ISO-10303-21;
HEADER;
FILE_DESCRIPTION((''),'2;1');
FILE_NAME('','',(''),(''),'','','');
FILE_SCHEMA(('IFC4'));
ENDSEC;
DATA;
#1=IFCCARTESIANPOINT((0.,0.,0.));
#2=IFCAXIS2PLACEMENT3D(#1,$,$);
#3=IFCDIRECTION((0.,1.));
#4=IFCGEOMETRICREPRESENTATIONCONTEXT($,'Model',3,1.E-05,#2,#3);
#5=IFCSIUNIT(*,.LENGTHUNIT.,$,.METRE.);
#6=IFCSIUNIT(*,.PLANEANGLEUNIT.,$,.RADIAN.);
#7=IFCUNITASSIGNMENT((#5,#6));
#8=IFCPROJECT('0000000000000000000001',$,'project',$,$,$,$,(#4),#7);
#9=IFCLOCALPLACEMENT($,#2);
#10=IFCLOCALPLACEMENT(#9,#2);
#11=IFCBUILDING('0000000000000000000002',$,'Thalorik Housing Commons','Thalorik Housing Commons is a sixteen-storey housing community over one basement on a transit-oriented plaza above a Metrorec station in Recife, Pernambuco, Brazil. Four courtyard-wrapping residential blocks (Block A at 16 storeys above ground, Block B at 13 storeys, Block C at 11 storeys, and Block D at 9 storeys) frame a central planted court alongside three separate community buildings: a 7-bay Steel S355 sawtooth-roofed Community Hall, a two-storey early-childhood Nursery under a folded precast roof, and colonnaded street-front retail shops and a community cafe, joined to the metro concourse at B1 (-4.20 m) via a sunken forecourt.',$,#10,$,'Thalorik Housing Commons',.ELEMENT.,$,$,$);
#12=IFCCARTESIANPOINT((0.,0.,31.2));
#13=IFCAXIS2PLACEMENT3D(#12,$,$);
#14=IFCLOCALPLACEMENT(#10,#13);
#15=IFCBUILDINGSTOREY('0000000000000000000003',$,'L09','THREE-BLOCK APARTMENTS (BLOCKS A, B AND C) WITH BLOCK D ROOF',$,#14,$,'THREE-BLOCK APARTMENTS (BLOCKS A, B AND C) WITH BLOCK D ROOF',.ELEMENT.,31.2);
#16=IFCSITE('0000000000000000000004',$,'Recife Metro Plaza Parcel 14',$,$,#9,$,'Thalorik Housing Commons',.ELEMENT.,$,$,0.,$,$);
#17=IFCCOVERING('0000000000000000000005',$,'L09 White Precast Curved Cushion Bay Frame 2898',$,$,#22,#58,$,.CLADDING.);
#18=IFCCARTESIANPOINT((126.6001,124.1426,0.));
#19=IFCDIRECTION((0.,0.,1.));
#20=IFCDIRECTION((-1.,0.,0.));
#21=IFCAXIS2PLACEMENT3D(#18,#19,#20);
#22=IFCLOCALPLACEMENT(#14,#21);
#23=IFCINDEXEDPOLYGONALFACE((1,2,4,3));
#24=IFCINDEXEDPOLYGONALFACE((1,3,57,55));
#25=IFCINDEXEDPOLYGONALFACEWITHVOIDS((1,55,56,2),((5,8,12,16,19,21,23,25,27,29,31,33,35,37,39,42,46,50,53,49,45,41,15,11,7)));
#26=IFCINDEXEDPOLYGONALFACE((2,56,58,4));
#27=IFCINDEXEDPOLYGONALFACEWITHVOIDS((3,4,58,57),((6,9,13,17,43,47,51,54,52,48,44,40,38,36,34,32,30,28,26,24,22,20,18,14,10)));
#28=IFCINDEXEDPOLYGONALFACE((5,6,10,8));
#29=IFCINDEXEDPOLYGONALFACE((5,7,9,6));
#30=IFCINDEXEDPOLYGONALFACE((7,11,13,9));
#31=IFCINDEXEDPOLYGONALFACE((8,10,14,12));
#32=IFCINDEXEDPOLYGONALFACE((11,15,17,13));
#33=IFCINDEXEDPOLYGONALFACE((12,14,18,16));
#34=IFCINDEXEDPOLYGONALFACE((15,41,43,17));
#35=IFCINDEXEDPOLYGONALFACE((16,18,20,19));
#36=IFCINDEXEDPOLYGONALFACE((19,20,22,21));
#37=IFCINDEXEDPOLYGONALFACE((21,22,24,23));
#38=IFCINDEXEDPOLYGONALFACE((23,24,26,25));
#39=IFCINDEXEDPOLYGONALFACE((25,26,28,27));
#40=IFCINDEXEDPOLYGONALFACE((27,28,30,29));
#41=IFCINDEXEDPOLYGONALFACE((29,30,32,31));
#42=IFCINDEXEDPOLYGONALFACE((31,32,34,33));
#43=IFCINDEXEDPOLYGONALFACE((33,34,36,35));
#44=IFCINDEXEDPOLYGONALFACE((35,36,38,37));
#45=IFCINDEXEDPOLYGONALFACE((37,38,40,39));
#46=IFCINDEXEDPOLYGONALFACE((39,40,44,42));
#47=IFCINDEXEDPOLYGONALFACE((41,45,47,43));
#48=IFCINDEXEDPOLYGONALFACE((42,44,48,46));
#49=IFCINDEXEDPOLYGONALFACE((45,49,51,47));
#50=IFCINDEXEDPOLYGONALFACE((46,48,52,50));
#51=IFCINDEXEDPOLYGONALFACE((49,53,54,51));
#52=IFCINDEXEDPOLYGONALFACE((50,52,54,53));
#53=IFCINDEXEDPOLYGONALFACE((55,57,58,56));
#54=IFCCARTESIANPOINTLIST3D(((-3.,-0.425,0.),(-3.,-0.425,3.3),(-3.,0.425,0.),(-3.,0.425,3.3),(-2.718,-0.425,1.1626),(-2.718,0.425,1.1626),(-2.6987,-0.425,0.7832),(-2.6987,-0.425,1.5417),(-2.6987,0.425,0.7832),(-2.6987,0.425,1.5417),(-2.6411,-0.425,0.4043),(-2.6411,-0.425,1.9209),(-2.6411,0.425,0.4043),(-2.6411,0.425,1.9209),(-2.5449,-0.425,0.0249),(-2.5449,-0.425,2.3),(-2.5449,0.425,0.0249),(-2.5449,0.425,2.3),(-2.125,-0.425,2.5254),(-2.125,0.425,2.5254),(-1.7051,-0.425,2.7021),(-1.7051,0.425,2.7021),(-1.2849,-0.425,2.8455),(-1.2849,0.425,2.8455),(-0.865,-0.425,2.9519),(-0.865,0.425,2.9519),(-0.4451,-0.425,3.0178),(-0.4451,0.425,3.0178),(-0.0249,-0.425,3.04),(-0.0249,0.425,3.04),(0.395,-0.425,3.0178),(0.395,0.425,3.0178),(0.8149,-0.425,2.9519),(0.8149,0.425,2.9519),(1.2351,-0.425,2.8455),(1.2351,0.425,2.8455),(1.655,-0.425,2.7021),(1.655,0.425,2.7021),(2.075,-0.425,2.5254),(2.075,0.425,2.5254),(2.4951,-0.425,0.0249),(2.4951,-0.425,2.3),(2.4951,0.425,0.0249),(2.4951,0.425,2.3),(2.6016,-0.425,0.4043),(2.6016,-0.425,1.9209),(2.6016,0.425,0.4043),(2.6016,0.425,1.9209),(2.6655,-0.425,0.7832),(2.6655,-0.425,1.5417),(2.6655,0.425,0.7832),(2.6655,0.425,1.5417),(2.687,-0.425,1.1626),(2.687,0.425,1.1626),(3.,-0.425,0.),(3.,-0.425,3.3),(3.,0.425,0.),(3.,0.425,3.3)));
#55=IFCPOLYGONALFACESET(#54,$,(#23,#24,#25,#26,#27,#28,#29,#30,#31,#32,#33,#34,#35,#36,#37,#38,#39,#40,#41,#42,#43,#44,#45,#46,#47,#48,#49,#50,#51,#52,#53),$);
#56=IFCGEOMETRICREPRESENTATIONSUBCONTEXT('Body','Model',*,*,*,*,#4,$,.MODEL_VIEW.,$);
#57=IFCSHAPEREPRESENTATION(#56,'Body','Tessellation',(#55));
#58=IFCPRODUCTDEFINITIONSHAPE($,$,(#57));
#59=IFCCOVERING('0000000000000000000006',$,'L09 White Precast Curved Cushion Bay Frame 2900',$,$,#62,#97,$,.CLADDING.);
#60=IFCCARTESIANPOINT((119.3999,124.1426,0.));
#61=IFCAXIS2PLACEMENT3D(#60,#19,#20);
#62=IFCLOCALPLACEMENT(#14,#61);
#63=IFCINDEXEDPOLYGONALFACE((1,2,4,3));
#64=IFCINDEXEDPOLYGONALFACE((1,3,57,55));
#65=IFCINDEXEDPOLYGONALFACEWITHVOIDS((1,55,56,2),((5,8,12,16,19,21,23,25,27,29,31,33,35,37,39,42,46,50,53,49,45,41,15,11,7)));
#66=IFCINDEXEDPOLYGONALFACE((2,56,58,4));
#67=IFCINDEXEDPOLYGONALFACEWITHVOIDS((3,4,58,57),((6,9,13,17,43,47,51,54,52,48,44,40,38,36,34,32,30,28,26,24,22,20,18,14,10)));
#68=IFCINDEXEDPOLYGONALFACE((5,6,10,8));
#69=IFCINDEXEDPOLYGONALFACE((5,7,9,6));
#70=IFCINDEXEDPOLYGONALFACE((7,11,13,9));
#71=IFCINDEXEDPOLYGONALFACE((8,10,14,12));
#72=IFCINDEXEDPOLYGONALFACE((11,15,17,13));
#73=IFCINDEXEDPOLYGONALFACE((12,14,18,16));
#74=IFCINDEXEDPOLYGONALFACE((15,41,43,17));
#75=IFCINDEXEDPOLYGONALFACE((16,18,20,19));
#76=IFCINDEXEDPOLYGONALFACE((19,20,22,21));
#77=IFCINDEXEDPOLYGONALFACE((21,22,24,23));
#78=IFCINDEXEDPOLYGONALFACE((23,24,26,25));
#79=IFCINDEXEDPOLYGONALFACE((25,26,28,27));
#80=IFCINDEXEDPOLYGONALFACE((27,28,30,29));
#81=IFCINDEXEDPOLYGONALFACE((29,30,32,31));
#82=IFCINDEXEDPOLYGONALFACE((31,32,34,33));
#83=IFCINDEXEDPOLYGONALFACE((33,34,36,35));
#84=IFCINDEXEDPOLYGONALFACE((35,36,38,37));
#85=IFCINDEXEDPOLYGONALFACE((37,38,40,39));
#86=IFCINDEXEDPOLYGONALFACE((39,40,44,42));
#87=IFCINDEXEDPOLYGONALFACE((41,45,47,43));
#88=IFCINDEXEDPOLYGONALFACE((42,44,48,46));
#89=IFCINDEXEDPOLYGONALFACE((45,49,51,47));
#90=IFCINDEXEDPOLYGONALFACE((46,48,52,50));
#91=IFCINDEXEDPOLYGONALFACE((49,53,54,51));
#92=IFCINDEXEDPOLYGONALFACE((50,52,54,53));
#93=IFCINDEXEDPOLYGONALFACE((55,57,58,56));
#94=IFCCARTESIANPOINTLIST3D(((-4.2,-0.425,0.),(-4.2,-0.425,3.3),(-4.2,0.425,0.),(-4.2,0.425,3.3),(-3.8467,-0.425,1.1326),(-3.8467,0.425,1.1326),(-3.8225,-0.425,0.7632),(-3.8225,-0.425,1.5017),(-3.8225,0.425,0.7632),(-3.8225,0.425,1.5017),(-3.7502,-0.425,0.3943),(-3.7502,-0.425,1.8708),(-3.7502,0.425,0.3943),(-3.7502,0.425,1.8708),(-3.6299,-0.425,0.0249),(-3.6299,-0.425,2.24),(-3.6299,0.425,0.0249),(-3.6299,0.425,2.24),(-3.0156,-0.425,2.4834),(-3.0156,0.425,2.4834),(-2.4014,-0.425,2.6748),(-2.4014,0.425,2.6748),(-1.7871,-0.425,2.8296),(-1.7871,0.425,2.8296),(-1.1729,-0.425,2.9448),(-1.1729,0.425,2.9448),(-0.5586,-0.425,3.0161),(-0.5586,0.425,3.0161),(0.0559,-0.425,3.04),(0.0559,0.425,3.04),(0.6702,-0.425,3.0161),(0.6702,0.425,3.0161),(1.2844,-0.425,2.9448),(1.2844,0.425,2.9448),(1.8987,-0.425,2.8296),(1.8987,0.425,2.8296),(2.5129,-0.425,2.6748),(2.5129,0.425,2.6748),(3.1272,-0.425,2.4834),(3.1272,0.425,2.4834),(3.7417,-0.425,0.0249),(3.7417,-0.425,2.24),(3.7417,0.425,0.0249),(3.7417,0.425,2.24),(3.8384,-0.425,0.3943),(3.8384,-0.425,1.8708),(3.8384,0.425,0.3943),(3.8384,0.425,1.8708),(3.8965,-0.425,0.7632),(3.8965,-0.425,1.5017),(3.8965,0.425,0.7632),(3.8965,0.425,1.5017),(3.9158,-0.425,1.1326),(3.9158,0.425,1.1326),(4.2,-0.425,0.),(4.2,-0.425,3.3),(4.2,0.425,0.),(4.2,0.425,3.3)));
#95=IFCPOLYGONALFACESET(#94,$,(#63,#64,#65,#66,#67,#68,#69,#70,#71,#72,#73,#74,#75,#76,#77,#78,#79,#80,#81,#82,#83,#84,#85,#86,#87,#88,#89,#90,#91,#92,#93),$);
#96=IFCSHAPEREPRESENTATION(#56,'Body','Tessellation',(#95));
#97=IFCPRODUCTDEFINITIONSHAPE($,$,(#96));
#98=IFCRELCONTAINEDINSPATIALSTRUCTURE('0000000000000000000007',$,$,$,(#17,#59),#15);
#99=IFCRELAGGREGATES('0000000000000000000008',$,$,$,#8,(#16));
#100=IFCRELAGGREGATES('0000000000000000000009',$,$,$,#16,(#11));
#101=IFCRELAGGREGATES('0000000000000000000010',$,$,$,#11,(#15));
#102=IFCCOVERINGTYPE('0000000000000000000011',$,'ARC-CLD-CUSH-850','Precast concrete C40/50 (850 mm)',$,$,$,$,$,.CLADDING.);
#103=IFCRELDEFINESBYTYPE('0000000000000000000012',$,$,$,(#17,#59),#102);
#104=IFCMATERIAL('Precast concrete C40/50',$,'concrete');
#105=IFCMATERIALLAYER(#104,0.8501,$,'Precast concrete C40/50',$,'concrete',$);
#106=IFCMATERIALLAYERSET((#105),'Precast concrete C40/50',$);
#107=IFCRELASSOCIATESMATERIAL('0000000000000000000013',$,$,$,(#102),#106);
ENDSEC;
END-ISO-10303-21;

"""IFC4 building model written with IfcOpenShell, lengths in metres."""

from ifc_helpers import new_model, si_unit, direction, frame, origin, place, context, subcontext, project, spatial, polyline, outline, extrude, material, layer, layer_set, type_object, element, save


model = new_model("IFC4")

# Units and contexts
model_context = context("Model", 3, precision=1e-05, world=origin(), true_north=direction((0.0, 1.0)))
body_context = subcontext(model_context, "Body", "Model", "MODEL_VIEW")
ifc_project = project(units=[si_unit("LENGTHUNIT", "METRE"), si_unit("PLANEANGLEUNIT", "RADIAN")], contexts=[model_context])

# Site, building, storey
site_placement = place(None, origin())
site = spatial("IfcSite", under=ifc_project, at=site_placement, Name="Recife Metro Plaza Parcel 14", LongName="Thalorik Housing Commons", CompositionType="ELEMENT", RefElevation=0.0)
building_placement = place(site_placement, origin())
building = spatial("IfcBuilding", under=site, at=building_placement, Name="Thalorik Housing Commons", Description="Thalorik Housing Commons is a sixteen-storey housing community over one basement on a transit-oriented plaza above a Metrorec station in Recife, Pernambuco, Brazil. Four courtyard-wrapping residential blocks (Block A at 16 storeys above ground, Block B at 13 storeys, Block C at 11 storeys, and Block D at 9 storeys) frame a central planted court alongside three separate community buildings: a 7-bay Steel S355 sawtooth-roofed Community Hall, a two-storey early-childhood Nursery under a folded precast roof, and colonnaded street-front retail shops and a community cafe, joined to the metro concourse at B1 (-4.20 m) via a sunken forecourt.", LongName="Thalorik Housing Commons", CompositionType="ELEMENT")
storey_placement = place(building_placement, frame((0.0, 0.0, 31.2)))
storey = spatial("IfcBuildingStorey", under=building, at=storey_placement, Name="L09", Description="THREE-BLOCK APARTMENTS (BLOCKS A, B AND C) WITH BLOCK D ROOF", LongName="THREE-BLOCK APARTMENTS (BLOCKS A, B AND C) WITH BLOCK D ROOF", CompositionType="ELEMENT", Elevation=31.2)

# Shared definitions
ifc_material_1 = material(Name="Precast concrete C40/50", Category="concrete")

# Coverings
ifc_layer_1 = layer(ifc_material_1, 0.8501, Name="Precast concrete C40/50", Category="concrete")
ifc_layer_set_1 = layer_set([ifc_layer_1], Name="Precast concrete C40/50")
covering_type_1 = type_object("IfcCoveringType", Name="ARC-CLD-CUSH-850", Description="Precast concrete C40/50 (850 mm)", PredefinedType="CLADDING", material=ifc_layer_set_1)
covering_1_placement = place(storey_placement, frame((126.6001, 124.1426, 0.0), z_axis=(0.0, 0.0, 1.0), x_axis=(-1.0, 0.0, 0.0)))
element("IfcCovering", 1, at=covering_1_placement, inside=storey, type_object=covering_type_1, Name="L09 White Precast Curved Cushion Bay Frame 2898", PredefinedType="CLADDING", context=body_context, shape_type="SweptSolid", body=[
    extrude(outline(polyline([(-3.0, 0.0), (3.0, 0.0), (3.0, 3.3), (-3.0, 3.3), (-3.0, 0.0)]), holes=[polyline([(2.4951, 0.0249), (2.6016, 0.4043), (2.6655, 0.7832), (2.687, 1.1626), (2.6655, 1.5417), (2.6016, 1.9209), (2.4951, 2.3), (2.075, 2.5254), (1.655, 2.7021), (1.2351, 2.8455), (0.8149, 2.9519), (0.395, 3.0178), (-0.0249, 3.04), (-0.4451, 3.0178), (-0.865, 2.9519), (-1.2849, 2.8455), (-1.7051, 2.7021), (-2.125, 2.5254), (-2.5449, 2.3), (-2.6411, 1.9209), (-2.6987, 1.5417), (-2.718, 1.1626), (-2.6987, 0.7832), (-2.6411, 0.4043), (-2.5449, 0.0249), (2.4951, 0.0249)])]), frame((0.0, 0.425, 0.0), z_axis=(0.0, -1.0, 0.0), x_axis=(1.0, 0.0, 0.0)), (0.0, 0.0, 1.0), 0.8501),
])
covering_2_placement = place(storey_placement, frame((119.3999, 124.1426, 0.0), z_axis=(0.0, 0.0, 1.0), x_axis=(-1.0, 0.0, 0.0)))
element("IfcCovering", 2, at=covering_2_placement, inside=storey, type_object=covering_type_1, Name="L09 White Precast Curved Cushion Bay Frame 2900", PredefinedType="CLADDING", context=body_context, shape_type="SweptSolid", body=[
    extrude(outline(polyline([(-4.2, 0.0), (4.2, 0.0), (4.2, 3.3), (-4.2, 3.3), (-4.2, 0.0)]), holes=[polyline([(3.7417, 0.0249), (3.8384, 0.3943), (3.8965, 0.7632), (3.9158, 1.1326), (3.8965, 1.5017), (3.8384, 1.8708), (3.7417, 2.24), (3.1272, 2.4834), (2.5129, 2.6748), (1.8987, 2.8296), (1.2844, 2.9448), (0.6702, 3.0161), (0.0559, 3.04), (-0.5586, 3.0161), (-1.1729, 2.9448), (-1.7871, 2.8296), (-2.4014, 2.6748), (-3.0156, 2.4834), (-3.6299, 2.24), (-3.7502, 1.8708), (-3.8225, 1.5017), (-3.8467, 1.1326), (-3.8225, 0.7632), (-3.7502, 0.3943), (-3.6299, 0.0249), (3.7417, 0.0249)])]), frame((0.0, 0.425, 0.0), z_axis=(0.0, -1.0, 0.0), x_axis=(1.0, 0.0, 0.0)), (0.0, 0.0, 1.0), 0.8501),
])

save(model, "model.ifc")
